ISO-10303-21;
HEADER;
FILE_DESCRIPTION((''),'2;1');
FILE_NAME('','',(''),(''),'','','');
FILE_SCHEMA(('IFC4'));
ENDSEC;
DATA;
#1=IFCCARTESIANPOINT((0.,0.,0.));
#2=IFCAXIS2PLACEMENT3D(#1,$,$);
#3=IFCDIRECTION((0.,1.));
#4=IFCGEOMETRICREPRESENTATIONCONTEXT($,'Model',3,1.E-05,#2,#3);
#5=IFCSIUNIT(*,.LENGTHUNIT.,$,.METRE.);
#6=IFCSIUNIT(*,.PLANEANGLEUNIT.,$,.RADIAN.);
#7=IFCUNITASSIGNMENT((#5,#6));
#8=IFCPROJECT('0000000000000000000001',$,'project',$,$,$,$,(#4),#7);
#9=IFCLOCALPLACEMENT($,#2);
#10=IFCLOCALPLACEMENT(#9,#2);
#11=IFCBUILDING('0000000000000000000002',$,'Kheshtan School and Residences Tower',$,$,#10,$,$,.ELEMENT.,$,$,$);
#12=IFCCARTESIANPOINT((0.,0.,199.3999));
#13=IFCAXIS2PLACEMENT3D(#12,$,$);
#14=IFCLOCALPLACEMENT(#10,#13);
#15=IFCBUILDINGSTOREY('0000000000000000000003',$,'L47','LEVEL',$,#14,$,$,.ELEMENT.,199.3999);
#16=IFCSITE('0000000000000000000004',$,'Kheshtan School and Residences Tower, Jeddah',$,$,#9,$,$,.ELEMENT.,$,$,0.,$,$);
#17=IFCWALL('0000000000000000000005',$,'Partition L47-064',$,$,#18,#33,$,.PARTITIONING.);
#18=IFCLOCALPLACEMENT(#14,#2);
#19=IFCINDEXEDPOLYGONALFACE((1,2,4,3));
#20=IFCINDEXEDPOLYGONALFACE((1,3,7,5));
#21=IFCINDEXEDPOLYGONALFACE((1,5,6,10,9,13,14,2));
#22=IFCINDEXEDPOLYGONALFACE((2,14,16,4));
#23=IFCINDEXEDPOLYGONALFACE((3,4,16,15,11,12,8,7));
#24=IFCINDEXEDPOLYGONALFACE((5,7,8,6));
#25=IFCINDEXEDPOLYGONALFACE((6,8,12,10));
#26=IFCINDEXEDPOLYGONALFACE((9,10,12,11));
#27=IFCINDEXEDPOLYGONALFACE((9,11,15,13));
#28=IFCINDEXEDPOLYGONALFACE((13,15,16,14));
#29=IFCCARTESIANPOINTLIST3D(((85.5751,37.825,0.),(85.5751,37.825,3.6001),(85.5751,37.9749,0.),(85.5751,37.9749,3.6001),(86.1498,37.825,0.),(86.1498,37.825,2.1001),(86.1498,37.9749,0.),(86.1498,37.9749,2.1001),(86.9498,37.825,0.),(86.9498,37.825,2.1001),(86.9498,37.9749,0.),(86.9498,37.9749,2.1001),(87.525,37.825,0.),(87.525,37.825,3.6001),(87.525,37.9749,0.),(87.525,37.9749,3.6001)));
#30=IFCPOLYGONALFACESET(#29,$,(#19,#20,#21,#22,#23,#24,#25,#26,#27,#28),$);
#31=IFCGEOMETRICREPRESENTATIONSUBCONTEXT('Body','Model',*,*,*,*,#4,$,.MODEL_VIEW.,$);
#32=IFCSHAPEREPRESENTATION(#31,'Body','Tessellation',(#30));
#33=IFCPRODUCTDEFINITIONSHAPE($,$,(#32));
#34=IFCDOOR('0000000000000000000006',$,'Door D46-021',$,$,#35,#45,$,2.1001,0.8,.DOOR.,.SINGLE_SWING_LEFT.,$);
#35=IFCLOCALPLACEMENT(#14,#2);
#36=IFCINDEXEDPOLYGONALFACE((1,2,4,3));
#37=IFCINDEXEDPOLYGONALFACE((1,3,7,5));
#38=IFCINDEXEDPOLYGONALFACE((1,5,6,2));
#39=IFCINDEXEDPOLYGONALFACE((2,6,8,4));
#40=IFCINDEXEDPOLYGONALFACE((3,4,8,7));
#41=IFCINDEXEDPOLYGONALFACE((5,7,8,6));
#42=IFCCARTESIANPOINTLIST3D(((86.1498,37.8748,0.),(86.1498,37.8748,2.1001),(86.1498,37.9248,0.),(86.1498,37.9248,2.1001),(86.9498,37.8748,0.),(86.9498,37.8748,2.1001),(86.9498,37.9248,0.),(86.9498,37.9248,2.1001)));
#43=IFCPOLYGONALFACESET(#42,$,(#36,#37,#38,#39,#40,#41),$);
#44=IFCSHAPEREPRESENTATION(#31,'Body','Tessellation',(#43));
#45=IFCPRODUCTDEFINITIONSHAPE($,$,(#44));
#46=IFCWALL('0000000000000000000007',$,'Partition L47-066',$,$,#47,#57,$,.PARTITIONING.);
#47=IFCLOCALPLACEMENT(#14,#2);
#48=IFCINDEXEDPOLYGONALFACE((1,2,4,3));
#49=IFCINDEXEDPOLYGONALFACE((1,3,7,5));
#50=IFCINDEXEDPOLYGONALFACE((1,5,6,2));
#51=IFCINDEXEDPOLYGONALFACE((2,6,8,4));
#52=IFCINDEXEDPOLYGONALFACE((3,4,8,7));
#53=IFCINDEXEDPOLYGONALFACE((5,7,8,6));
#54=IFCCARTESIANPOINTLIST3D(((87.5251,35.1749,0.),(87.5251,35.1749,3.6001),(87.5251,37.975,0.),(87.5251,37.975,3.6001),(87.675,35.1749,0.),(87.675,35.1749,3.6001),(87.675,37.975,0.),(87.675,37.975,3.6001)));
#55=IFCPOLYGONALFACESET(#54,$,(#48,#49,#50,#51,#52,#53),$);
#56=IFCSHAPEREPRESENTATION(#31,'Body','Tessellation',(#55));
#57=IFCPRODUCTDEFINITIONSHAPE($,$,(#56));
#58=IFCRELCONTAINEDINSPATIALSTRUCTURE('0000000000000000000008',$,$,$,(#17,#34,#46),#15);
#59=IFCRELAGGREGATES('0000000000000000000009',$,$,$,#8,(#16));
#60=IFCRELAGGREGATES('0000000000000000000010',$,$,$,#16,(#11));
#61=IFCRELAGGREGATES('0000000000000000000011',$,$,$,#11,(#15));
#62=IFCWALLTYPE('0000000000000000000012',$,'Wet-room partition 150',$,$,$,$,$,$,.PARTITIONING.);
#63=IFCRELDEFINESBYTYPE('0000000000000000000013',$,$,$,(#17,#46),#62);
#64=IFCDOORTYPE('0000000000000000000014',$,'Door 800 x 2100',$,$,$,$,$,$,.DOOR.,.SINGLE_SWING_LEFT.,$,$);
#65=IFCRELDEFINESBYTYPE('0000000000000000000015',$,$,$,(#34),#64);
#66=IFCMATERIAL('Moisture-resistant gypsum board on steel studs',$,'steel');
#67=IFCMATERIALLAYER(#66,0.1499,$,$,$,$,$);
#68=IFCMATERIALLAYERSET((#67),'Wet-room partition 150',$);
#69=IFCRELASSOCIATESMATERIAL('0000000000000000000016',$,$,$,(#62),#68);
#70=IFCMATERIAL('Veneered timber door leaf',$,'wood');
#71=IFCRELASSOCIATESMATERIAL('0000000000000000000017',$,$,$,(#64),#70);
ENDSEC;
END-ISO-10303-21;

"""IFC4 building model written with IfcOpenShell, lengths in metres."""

from ifc_helpers import new_model, si_unit, direction, frame, frame_2d, origin, place, context, subcontext, project, spatial, rectangle, extrude, source, transform, mapped, material, layer, layer_set, type_object, element, fill, save


model = new_model("IFC4")

# Units and contexts
model_context = context("Model", 3, precision=1e-05, world=origin(), true_north=direction((0.0, 1.0)))
body_context = subcontext(model_context, "Body", "Model", "MODEL_VIEW")
ifc_project = project(units=[si_unit("LENGTHUNIT", "METRE"), si_unit("PLANEANGLEUNIT", "RADIAN")], contexts=[model_context])

# Site, building, storey
site_placement = place(None, origin())
site = spatial("IfcSite", under=ifc_project, at=site_placement, Name="Kheshtan School and Residences Tower, Jeddah", CompositionType="ELEMENT", RefElevation=0.0)
building_placement = place(site_placement, origin())
building = spatial("IfcBuilding", under=site, at=building_placement, Name="Kheshtan School and Residences Tower", CompositionType="ELEMENT")
storey_placement = place(building_placement, frame((0.0, 0.0, 199.3999)))
storey = spatial("IfcBuildingStorey", under=building, at=storey_placement, Name="L47", Description="LEVEL", CompositionType="ELEMENT", Elevation=199.3999)

# Shared definitions
ifc_material_1 = material(Name="Moisture-resistant gypsum board on steel studs", Category="steel")
ifc_layer_1 = layer(ifc_material_1, 0.1499)
ifc_layer_set_1 = layer_set([ifc_layer_1], Name="Wet-room partition 150")
wall_type_1 = type_object("IfcWallType", Name="Wet-room partition 150", PredefinedType="PARTITIONING", material=ifc_layer_set_1)
ifc_material_2 = material(Name="Veneered timber door leaf", Category="wood")
door_type_1 = type_object("IfcDoorType", Name="Door 800 x 2100", OperationType="SINGLE_SWING_LEFT", PredefinedType="DOOR", material=ifc_material_2)
shared_shape_1 = source(origin(), body_context, "Body", "SweptSolid", [
    extrude(rectangle(XDim=0.8, YDim=2.1001, at=frame_2d((0.3999, 1.05))), frame((0.0, 0.0249, 0.0), z_axis=(0.0, -1.0, 0.0), x_axis=(1.0, 0.0, 0.0)), (0.0, 0.0, 1.0), 0.05),
])

# Wall, opening, door
wall_1_placement = place(storey_placement, frame((85.575, 37.8999, 0.0), z_axis=(0.0, 0.0, 1.0), x_axis=(1.0, 0.0, 0.0)))
wall_1 = element("IfcWall", 1, at=wall_1_placement, inside=storey, type_object=wall_type_1, Name="Partition L47-064", PredefinedType="PARTITIONING", context=body_context, shape_type="SweptSolid", body=[
    extrude(rectangle(XDim=1.95, YDim=0.1499, at=frame_2d((0.9751, 0.0))), origin(), (0.0, 0.0, 1.0), 3.6001),
])
opening_1_placement = place(wall_1_placement, frame((0.575, 0.0, 0.0)))
opening_1 = element("IfcOpeningElement", 2, at=opening_1_placement, cuts=wall_1, PredefinedType="OPENING", context=body_context, shape_type="SweptSolid", body=[
    extrude(rectangle(XDim=0.8, YDim=2.1001, at=frame_2d((0.3999, 1.05))), frame((0.0, 0.085, 0.0), z_axis=(0.0, -1.0, 0.0), x_axis=(1.0, 0.0, 0.0)), (0.0, 0.0, 1.0), 0.1699),
])
door_1_placement = place(opening_1_placement, origin())
door_1 = element("IfcDoor", 3, at=door_1_placement, inside=storey, type_object=door_type_1, Name="Door D46-021", OperationType="SINGLE_SWING_LEFT", OverallHeight=2.1001, OverallWidth=0.8, PredefinedType="DOOR", context=body_context, shape_type="MappedRepresentation", body=[
    mapped(shared_shape_1, transform((0.0, 0.0, 0.0), x_axis=(1.0, 0.0, 0.0), y_axis=(0.0, 1.0, 0.0), z_axis=(0.0, 0.0, 1.0), scale=1.0)),
])
fill(opening_1, door_1)

# Wall
wall_2_placement = place(storey_placement, frame((87.6001, 35.175, 0.0), z_axis=(0.0, 0.0, 1.0), x_axis=(0.0, 1.0, 0.0)))
element("IfcWall", 4, at=wall_2_placement, inside=storey, type_object=wall_type_1, Name="Partition L47-066", PredefinedType="PARTITIONING", context=body_context, shape_type="SweptSolid", body=[
    extrude(rectangle(XDim=2.8, YDim=0.1499, at=frame_2d((1.3999, 0.0))), origin(), (0.0, 0.0, 1.0), 3.6001),
])

save(model, "model.ifc")
